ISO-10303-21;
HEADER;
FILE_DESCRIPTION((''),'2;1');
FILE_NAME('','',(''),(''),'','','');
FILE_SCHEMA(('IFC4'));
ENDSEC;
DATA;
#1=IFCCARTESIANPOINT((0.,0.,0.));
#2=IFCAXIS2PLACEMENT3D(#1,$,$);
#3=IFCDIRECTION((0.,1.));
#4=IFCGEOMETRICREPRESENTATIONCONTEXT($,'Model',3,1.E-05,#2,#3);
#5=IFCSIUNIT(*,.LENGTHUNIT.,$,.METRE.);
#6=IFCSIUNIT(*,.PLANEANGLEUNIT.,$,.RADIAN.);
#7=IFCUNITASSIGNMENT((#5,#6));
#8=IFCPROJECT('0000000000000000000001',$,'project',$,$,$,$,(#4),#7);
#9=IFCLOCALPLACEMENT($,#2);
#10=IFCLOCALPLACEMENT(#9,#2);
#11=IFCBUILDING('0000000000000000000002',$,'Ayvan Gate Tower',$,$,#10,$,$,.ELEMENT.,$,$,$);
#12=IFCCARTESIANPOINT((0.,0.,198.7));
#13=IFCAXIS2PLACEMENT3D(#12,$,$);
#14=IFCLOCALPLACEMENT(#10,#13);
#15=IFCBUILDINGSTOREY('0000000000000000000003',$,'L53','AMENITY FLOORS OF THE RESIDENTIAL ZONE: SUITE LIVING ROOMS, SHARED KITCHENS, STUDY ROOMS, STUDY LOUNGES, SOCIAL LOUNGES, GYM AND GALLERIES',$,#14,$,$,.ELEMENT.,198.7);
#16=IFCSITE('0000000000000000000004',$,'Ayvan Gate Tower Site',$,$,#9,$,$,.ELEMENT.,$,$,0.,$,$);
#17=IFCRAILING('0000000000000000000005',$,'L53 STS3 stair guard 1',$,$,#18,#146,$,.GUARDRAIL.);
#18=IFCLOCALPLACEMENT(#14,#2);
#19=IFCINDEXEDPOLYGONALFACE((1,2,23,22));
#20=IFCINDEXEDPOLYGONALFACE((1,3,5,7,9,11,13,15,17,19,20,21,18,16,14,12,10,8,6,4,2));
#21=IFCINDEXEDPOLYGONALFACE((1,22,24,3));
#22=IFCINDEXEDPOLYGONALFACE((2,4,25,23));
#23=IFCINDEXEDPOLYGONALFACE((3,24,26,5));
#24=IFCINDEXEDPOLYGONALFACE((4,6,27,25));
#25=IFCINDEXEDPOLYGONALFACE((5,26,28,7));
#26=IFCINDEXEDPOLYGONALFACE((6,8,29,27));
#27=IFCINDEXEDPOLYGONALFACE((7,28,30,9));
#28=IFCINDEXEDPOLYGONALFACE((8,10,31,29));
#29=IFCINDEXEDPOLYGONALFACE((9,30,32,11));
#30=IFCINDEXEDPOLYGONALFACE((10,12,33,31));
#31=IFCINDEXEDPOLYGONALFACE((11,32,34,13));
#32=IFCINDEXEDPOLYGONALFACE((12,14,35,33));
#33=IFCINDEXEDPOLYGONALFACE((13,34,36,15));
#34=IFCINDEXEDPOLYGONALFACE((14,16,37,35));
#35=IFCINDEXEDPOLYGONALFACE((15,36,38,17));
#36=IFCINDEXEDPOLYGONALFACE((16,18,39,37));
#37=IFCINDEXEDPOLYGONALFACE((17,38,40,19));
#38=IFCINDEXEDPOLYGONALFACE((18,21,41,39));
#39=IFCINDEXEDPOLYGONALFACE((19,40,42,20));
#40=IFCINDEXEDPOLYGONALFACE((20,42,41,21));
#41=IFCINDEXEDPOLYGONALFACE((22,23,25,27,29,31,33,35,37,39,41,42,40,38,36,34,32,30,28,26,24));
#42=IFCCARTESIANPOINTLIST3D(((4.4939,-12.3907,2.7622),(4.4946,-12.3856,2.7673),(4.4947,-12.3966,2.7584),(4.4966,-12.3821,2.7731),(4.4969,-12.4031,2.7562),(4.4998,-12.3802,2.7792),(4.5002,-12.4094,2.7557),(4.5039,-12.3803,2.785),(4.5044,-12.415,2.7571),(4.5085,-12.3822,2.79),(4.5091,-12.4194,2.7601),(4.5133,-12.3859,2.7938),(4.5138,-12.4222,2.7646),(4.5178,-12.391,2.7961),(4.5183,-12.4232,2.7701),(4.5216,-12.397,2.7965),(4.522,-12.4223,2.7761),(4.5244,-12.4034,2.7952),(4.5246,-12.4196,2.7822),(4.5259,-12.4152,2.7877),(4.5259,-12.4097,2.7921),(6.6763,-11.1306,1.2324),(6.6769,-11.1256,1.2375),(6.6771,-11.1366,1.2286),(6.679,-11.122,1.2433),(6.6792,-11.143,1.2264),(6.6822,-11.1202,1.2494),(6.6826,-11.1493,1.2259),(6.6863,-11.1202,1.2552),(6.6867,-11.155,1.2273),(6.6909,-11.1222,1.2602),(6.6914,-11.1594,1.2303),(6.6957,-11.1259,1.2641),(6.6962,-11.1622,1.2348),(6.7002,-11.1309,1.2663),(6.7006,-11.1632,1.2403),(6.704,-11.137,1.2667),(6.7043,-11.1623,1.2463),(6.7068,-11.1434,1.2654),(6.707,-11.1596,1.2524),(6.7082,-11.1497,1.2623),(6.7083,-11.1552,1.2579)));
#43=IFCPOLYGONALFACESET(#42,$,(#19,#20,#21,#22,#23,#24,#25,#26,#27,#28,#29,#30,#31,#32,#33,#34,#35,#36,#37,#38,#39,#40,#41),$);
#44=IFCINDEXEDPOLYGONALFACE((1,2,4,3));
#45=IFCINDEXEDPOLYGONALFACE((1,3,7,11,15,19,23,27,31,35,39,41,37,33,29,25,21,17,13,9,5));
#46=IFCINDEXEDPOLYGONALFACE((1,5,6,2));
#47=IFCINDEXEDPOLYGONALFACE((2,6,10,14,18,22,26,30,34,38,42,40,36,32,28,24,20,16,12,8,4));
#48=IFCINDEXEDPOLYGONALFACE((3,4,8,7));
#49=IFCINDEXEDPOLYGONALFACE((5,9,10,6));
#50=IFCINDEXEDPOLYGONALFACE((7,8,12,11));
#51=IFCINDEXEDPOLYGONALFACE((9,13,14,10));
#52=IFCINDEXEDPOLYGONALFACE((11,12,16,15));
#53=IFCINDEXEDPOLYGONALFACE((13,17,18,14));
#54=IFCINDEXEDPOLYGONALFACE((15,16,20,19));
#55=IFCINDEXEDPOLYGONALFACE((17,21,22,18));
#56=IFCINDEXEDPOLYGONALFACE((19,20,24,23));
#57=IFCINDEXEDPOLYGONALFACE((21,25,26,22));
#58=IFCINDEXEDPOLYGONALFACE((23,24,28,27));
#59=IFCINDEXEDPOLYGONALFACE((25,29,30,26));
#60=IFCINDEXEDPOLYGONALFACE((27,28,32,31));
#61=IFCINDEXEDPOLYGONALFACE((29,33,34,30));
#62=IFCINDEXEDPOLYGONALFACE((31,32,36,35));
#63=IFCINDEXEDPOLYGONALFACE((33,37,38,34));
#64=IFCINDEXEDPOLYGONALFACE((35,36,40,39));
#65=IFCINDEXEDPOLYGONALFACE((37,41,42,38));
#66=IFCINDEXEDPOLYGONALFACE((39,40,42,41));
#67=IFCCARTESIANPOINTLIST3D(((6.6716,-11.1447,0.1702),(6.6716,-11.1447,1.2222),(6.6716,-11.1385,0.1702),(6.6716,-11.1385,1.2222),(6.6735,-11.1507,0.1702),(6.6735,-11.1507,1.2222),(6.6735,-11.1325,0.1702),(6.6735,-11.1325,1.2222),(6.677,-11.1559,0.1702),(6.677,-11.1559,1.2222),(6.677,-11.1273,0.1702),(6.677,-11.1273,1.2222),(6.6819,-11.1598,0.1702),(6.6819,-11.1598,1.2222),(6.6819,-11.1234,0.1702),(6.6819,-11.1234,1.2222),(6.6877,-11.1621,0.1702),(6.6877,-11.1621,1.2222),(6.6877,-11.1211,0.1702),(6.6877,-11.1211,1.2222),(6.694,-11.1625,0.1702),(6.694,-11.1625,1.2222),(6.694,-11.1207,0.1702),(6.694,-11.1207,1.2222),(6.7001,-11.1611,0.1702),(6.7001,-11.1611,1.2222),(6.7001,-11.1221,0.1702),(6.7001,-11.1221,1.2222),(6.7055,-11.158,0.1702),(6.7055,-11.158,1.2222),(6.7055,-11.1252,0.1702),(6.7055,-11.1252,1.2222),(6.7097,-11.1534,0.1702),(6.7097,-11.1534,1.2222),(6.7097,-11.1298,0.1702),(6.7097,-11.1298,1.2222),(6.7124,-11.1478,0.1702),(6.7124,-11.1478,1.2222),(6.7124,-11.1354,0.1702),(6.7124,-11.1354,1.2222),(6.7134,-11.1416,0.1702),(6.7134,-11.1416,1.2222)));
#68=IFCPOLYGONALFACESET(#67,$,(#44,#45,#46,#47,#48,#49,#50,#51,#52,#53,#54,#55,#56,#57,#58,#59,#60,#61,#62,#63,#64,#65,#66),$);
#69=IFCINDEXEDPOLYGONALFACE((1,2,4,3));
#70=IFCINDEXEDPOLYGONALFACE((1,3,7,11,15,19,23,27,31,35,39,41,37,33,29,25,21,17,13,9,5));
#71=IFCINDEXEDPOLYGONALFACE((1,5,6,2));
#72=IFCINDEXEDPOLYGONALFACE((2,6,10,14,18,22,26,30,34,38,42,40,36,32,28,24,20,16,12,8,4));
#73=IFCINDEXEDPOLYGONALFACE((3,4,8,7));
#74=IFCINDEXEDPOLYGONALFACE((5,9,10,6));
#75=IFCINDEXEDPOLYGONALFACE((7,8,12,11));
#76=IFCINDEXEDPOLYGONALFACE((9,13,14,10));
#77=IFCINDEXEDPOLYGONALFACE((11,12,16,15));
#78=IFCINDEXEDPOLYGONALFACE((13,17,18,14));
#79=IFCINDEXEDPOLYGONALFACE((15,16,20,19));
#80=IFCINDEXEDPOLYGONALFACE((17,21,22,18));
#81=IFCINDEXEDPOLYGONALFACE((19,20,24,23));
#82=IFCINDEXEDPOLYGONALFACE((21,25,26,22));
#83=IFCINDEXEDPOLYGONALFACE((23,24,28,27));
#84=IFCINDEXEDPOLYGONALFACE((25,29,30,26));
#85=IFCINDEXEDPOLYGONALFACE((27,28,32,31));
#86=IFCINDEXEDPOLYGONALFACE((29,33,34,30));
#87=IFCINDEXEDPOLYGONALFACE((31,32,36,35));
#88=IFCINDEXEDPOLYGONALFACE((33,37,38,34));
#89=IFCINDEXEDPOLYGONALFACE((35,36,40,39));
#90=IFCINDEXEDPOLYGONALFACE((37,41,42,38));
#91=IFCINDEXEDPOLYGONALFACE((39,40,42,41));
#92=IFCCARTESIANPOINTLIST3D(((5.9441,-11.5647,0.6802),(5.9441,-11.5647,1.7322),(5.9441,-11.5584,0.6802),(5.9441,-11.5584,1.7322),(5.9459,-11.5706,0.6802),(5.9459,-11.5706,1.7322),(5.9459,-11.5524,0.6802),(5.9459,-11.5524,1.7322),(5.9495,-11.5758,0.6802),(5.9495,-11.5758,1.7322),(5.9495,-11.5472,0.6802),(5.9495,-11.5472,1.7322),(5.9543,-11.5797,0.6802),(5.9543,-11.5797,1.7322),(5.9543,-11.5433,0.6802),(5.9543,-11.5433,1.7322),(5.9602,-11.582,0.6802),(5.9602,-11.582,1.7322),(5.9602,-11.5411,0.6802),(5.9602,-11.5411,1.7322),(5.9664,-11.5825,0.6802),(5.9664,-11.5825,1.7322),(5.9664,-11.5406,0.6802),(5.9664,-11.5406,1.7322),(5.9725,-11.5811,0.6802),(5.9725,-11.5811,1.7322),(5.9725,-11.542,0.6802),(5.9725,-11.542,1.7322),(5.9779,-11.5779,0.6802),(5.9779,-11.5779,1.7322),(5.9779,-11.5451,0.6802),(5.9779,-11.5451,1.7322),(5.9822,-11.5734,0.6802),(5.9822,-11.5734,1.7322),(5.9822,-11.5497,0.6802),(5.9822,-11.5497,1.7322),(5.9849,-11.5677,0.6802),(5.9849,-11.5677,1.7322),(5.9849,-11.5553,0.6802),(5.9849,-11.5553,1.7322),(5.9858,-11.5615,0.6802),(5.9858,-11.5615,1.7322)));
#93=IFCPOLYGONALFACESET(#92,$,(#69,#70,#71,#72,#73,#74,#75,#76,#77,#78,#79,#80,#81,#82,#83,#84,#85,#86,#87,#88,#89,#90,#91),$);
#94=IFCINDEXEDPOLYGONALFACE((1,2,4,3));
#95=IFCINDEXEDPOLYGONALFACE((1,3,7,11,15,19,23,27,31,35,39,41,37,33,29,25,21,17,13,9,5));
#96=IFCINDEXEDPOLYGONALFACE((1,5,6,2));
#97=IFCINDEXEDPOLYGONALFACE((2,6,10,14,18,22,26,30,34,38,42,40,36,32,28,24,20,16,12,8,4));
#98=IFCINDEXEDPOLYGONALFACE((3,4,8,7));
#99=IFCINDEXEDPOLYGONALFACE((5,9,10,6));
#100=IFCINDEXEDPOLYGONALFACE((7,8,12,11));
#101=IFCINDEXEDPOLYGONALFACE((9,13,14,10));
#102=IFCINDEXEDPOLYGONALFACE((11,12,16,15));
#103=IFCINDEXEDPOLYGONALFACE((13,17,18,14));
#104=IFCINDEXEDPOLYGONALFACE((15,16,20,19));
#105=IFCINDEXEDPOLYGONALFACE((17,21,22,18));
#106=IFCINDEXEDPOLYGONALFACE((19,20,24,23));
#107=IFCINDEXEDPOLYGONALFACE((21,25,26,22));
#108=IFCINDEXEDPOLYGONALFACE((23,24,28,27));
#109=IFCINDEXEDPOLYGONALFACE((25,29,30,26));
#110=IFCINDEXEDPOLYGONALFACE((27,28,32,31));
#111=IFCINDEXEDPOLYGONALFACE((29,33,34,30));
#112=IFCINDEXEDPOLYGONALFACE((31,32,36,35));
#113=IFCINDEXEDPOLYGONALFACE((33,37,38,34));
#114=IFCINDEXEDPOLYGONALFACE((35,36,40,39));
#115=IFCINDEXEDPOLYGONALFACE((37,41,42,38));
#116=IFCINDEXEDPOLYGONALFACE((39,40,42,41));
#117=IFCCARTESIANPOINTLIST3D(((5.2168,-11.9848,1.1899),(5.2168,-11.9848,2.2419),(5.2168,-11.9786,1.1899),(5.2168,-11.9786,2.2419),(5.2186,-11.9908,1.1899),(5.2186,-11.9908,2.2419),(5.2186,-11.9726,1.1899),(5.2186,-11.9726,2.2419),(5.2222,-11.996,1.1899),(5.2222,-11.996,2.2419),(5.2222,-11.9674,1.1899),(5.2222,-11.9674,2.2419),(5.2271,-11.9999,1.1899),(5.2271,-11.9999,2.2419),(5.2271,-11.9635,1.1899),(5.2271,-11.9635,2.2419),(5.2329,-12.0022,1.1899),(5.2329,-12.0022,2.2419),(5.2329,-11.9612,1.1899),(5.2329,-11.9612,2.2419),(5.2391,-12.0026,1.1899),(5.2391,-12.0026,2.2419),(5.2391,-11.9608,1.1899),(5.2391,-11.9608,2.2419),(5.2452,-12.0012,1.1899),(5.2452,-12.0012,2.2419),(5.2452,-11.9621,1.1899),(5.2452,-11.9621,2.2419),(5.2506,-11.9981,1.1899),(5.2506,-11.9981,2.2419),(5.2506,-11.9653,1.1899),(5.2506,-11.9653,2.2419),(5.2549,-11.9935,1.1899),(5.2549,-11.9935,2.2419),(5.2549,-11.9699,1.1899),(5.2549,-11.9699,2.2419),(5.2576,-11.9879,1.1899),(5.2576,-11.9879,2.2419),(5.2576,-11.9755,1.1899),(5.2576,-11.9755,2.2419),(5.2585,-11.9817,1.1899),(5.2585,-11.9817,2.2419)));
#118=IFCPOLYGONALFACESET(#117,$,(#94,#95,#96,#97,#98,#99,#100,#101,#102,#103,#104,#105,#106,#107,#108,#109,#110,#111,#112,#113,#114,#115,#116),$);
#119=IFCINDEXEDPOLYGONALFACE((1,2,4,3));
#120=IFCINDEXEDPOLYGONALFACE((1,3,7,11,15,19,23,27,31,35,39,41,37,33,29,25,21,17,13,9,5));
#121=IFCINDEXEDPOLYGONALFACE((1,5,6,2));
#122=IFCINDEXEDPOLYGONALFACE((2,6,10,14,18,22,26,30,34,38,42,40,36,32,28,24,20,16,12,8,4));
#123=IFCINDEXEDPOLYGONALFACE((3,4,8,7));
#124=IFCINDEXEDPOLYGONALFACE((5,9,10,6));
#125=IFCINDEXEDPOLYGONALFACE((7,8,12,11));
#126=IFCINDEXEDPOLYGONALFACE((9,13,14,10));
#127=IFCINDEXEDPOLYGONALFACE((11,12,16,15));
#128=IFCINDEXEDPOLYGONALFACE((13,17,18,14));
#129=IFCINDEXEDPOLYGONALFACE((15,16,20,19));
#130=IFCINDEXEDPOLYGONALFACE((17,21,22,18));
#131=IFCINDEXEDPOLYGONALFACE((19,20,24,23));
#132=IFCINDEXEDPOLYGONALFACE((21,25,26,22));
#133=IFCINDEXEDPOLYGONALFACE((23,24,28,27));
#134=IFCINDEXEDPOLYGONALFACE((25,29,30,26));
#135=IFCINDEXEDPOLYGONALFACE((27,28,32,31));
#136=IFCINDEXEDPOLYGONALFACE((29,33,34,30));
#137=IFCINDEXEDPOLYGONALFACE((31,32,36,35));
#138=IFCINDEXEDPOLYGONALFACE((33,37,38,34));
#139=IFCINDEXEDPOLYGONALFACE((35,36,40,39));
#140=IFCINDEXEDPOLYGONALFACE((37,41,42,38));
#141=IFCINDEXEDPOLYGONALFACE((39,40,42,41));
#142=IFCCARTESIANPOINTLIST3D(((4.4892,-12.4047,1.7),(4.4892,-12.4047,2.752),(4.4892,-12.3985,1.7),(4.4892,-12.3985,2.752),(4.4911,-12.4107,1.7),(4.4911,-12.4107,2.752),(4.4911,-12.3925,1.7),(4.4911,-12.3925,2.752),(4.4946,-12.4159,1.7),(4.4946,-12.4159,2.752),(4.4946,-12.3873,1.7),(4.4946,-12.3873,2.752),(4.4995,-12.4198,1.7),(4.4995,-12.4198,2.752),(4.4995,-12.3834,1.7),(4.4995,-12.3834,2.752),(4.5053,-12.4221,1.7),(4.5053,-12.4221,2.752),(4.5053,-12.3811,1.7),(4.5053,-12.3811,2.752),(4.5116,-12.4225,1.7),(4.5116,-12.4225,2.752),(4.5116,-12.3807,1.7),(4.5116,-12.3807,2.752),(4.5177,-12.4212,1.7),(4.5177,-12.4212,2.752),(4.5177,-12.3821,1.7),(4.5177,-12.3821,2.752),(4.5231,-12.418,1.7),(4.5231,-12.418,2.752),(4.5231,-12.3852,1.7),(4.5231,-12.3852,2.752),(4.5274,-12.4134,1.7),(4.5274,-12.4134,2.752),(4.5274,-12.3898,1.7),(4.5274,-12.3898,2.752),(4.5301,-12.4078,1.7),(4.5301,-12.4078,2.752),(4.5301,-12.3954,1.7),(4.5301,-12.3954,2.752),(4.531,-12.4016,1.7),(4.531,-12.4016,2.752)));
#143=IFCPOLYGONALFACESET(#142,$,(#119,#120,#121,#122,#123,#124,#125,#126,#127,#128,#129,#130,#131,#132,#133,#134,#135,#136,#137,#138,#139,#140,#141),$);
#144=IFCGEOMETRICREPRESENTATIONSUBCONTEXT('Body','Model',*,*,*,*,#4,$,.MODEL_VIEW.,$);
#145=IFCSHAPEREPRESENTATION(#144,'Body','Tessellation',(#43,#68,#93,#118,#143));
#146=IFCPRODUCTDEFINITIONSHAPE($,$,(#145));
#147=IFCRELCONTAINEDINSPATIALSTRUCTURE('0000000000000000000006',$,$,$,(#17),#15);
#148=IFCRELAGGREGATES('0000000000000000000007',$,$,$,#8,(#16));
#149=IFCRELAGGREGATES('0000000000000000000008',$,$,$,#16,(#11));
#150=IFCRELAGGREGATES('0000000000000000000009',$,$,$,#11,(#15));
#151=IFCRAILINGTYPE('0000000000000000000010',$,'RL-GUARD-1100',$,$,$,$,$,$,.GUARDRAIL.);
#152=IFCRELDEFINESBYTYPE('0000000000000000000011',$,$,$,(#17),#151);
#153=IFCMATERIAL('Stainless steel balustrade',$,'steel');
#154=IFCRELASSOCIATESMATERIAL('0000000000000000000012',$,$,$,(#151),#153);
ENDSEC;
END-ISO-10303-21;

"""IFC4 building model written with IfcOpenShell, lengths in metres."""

from ifc_helpers import new_model, si_unit, direction, frame, origin, origin_2d, place, context, subcontext, project, spatial, circle, extrude, material, type_object, element, save


model = new_model("IFC4")

# Units and contexts
model_context = context("Model", 3, precision=1e-05, world=origin(), true_north=direction((0.0, 1.0)))
body_context = subcontext(model_context, "Body", "Model", "MODEL_VIEW")
ifc_project = project(units=[si_unit("LENGTHUNIT", "METRE"), si_unit("PLANEANGLEUNIT", "RADIAN")], contexts=[model_context])

# Site, building, storey
site_placement = place(None, origin())
site = spatial("IfcSite", under=ifc_project, at=site_placement, Name="Ayvan Gate Tower Site", CompositionType="ELEMENT", RefElevation=0.0)
building_placement = place(site_placement, origin())
building = spatial("IfcBuilding", under=site, at=building_placement, Name="Ayvan Gate Tower", CompositionType="ELEMENT")
storey_placement = place(building_placement, frame((0.0, 0.0, 198.7)))
storey = spatial("IfcBuildingStorey", under=building, at=storey_placement, Name="L53", Description="AMENITY FLOORS OF THE RESIDENTIAL ZONE: SUITE LIVING ROOMS, SHARED KITCHENS, STUDY ROOMS, STUDY LOUNGES, SOCIAL LOUNGES, GYM AND GALLERIES", CompositionType="ELEMENT", Elevation=198.7)

# Railing
ifc_material_1 = material(Name="Stainless steel balustrade", Category="steel")
railing_type_1 = type_object("IfcRailingType", Name="RL-GUARD-1100", PredefinedType="GUARDRAIL", material=ifc_material_1)
railing_1_placement = place(storey_placement, frame((6.6924, -11.1416, 0.1702)))
element("IfcRailing", 1, at=railing_1_placement, inside=storey, type_object=railing_type_1, Name="L53 STS3 stair guard 1", PredefinedType="GUARDRAIL", context=body_context, shape_type="SweptSolid", body=[
    extrude(circle(Radius=0.0239, at=origin_2d()), frame((0.0, 0.0, 1.0762), z_axis=(-0.740293, -0.427414, 0.518926), x_axis=(0.500005, -0.866023, 0.0)), (0.0, 0.0, 1.0), 2.948),
    extrude(circle(Radius=0.021, at=origin_2d()), origin(), (0.0, 0.0, 1.0), 1.052),
    extrude(circle(Radius=0.021, at=origin_2d()), frame((-0.7275, -0.4199, 0.51)), (0.0, 0.0, 1.0), 1.052),
    extrude(circle(Radius=0.021, at=origin_2d()), frame((-1.4548, -0.8401, 1.0198)), (0.0, 0.0, 1.0), 1.052),
    extrude(circle(Radius=0.021, at=origin_2d()), frame((-2.1824, -1.26, 1.5298)), (0.0, 0.0, 1.0), 1.052),
])

save(model, "model.ifc")
